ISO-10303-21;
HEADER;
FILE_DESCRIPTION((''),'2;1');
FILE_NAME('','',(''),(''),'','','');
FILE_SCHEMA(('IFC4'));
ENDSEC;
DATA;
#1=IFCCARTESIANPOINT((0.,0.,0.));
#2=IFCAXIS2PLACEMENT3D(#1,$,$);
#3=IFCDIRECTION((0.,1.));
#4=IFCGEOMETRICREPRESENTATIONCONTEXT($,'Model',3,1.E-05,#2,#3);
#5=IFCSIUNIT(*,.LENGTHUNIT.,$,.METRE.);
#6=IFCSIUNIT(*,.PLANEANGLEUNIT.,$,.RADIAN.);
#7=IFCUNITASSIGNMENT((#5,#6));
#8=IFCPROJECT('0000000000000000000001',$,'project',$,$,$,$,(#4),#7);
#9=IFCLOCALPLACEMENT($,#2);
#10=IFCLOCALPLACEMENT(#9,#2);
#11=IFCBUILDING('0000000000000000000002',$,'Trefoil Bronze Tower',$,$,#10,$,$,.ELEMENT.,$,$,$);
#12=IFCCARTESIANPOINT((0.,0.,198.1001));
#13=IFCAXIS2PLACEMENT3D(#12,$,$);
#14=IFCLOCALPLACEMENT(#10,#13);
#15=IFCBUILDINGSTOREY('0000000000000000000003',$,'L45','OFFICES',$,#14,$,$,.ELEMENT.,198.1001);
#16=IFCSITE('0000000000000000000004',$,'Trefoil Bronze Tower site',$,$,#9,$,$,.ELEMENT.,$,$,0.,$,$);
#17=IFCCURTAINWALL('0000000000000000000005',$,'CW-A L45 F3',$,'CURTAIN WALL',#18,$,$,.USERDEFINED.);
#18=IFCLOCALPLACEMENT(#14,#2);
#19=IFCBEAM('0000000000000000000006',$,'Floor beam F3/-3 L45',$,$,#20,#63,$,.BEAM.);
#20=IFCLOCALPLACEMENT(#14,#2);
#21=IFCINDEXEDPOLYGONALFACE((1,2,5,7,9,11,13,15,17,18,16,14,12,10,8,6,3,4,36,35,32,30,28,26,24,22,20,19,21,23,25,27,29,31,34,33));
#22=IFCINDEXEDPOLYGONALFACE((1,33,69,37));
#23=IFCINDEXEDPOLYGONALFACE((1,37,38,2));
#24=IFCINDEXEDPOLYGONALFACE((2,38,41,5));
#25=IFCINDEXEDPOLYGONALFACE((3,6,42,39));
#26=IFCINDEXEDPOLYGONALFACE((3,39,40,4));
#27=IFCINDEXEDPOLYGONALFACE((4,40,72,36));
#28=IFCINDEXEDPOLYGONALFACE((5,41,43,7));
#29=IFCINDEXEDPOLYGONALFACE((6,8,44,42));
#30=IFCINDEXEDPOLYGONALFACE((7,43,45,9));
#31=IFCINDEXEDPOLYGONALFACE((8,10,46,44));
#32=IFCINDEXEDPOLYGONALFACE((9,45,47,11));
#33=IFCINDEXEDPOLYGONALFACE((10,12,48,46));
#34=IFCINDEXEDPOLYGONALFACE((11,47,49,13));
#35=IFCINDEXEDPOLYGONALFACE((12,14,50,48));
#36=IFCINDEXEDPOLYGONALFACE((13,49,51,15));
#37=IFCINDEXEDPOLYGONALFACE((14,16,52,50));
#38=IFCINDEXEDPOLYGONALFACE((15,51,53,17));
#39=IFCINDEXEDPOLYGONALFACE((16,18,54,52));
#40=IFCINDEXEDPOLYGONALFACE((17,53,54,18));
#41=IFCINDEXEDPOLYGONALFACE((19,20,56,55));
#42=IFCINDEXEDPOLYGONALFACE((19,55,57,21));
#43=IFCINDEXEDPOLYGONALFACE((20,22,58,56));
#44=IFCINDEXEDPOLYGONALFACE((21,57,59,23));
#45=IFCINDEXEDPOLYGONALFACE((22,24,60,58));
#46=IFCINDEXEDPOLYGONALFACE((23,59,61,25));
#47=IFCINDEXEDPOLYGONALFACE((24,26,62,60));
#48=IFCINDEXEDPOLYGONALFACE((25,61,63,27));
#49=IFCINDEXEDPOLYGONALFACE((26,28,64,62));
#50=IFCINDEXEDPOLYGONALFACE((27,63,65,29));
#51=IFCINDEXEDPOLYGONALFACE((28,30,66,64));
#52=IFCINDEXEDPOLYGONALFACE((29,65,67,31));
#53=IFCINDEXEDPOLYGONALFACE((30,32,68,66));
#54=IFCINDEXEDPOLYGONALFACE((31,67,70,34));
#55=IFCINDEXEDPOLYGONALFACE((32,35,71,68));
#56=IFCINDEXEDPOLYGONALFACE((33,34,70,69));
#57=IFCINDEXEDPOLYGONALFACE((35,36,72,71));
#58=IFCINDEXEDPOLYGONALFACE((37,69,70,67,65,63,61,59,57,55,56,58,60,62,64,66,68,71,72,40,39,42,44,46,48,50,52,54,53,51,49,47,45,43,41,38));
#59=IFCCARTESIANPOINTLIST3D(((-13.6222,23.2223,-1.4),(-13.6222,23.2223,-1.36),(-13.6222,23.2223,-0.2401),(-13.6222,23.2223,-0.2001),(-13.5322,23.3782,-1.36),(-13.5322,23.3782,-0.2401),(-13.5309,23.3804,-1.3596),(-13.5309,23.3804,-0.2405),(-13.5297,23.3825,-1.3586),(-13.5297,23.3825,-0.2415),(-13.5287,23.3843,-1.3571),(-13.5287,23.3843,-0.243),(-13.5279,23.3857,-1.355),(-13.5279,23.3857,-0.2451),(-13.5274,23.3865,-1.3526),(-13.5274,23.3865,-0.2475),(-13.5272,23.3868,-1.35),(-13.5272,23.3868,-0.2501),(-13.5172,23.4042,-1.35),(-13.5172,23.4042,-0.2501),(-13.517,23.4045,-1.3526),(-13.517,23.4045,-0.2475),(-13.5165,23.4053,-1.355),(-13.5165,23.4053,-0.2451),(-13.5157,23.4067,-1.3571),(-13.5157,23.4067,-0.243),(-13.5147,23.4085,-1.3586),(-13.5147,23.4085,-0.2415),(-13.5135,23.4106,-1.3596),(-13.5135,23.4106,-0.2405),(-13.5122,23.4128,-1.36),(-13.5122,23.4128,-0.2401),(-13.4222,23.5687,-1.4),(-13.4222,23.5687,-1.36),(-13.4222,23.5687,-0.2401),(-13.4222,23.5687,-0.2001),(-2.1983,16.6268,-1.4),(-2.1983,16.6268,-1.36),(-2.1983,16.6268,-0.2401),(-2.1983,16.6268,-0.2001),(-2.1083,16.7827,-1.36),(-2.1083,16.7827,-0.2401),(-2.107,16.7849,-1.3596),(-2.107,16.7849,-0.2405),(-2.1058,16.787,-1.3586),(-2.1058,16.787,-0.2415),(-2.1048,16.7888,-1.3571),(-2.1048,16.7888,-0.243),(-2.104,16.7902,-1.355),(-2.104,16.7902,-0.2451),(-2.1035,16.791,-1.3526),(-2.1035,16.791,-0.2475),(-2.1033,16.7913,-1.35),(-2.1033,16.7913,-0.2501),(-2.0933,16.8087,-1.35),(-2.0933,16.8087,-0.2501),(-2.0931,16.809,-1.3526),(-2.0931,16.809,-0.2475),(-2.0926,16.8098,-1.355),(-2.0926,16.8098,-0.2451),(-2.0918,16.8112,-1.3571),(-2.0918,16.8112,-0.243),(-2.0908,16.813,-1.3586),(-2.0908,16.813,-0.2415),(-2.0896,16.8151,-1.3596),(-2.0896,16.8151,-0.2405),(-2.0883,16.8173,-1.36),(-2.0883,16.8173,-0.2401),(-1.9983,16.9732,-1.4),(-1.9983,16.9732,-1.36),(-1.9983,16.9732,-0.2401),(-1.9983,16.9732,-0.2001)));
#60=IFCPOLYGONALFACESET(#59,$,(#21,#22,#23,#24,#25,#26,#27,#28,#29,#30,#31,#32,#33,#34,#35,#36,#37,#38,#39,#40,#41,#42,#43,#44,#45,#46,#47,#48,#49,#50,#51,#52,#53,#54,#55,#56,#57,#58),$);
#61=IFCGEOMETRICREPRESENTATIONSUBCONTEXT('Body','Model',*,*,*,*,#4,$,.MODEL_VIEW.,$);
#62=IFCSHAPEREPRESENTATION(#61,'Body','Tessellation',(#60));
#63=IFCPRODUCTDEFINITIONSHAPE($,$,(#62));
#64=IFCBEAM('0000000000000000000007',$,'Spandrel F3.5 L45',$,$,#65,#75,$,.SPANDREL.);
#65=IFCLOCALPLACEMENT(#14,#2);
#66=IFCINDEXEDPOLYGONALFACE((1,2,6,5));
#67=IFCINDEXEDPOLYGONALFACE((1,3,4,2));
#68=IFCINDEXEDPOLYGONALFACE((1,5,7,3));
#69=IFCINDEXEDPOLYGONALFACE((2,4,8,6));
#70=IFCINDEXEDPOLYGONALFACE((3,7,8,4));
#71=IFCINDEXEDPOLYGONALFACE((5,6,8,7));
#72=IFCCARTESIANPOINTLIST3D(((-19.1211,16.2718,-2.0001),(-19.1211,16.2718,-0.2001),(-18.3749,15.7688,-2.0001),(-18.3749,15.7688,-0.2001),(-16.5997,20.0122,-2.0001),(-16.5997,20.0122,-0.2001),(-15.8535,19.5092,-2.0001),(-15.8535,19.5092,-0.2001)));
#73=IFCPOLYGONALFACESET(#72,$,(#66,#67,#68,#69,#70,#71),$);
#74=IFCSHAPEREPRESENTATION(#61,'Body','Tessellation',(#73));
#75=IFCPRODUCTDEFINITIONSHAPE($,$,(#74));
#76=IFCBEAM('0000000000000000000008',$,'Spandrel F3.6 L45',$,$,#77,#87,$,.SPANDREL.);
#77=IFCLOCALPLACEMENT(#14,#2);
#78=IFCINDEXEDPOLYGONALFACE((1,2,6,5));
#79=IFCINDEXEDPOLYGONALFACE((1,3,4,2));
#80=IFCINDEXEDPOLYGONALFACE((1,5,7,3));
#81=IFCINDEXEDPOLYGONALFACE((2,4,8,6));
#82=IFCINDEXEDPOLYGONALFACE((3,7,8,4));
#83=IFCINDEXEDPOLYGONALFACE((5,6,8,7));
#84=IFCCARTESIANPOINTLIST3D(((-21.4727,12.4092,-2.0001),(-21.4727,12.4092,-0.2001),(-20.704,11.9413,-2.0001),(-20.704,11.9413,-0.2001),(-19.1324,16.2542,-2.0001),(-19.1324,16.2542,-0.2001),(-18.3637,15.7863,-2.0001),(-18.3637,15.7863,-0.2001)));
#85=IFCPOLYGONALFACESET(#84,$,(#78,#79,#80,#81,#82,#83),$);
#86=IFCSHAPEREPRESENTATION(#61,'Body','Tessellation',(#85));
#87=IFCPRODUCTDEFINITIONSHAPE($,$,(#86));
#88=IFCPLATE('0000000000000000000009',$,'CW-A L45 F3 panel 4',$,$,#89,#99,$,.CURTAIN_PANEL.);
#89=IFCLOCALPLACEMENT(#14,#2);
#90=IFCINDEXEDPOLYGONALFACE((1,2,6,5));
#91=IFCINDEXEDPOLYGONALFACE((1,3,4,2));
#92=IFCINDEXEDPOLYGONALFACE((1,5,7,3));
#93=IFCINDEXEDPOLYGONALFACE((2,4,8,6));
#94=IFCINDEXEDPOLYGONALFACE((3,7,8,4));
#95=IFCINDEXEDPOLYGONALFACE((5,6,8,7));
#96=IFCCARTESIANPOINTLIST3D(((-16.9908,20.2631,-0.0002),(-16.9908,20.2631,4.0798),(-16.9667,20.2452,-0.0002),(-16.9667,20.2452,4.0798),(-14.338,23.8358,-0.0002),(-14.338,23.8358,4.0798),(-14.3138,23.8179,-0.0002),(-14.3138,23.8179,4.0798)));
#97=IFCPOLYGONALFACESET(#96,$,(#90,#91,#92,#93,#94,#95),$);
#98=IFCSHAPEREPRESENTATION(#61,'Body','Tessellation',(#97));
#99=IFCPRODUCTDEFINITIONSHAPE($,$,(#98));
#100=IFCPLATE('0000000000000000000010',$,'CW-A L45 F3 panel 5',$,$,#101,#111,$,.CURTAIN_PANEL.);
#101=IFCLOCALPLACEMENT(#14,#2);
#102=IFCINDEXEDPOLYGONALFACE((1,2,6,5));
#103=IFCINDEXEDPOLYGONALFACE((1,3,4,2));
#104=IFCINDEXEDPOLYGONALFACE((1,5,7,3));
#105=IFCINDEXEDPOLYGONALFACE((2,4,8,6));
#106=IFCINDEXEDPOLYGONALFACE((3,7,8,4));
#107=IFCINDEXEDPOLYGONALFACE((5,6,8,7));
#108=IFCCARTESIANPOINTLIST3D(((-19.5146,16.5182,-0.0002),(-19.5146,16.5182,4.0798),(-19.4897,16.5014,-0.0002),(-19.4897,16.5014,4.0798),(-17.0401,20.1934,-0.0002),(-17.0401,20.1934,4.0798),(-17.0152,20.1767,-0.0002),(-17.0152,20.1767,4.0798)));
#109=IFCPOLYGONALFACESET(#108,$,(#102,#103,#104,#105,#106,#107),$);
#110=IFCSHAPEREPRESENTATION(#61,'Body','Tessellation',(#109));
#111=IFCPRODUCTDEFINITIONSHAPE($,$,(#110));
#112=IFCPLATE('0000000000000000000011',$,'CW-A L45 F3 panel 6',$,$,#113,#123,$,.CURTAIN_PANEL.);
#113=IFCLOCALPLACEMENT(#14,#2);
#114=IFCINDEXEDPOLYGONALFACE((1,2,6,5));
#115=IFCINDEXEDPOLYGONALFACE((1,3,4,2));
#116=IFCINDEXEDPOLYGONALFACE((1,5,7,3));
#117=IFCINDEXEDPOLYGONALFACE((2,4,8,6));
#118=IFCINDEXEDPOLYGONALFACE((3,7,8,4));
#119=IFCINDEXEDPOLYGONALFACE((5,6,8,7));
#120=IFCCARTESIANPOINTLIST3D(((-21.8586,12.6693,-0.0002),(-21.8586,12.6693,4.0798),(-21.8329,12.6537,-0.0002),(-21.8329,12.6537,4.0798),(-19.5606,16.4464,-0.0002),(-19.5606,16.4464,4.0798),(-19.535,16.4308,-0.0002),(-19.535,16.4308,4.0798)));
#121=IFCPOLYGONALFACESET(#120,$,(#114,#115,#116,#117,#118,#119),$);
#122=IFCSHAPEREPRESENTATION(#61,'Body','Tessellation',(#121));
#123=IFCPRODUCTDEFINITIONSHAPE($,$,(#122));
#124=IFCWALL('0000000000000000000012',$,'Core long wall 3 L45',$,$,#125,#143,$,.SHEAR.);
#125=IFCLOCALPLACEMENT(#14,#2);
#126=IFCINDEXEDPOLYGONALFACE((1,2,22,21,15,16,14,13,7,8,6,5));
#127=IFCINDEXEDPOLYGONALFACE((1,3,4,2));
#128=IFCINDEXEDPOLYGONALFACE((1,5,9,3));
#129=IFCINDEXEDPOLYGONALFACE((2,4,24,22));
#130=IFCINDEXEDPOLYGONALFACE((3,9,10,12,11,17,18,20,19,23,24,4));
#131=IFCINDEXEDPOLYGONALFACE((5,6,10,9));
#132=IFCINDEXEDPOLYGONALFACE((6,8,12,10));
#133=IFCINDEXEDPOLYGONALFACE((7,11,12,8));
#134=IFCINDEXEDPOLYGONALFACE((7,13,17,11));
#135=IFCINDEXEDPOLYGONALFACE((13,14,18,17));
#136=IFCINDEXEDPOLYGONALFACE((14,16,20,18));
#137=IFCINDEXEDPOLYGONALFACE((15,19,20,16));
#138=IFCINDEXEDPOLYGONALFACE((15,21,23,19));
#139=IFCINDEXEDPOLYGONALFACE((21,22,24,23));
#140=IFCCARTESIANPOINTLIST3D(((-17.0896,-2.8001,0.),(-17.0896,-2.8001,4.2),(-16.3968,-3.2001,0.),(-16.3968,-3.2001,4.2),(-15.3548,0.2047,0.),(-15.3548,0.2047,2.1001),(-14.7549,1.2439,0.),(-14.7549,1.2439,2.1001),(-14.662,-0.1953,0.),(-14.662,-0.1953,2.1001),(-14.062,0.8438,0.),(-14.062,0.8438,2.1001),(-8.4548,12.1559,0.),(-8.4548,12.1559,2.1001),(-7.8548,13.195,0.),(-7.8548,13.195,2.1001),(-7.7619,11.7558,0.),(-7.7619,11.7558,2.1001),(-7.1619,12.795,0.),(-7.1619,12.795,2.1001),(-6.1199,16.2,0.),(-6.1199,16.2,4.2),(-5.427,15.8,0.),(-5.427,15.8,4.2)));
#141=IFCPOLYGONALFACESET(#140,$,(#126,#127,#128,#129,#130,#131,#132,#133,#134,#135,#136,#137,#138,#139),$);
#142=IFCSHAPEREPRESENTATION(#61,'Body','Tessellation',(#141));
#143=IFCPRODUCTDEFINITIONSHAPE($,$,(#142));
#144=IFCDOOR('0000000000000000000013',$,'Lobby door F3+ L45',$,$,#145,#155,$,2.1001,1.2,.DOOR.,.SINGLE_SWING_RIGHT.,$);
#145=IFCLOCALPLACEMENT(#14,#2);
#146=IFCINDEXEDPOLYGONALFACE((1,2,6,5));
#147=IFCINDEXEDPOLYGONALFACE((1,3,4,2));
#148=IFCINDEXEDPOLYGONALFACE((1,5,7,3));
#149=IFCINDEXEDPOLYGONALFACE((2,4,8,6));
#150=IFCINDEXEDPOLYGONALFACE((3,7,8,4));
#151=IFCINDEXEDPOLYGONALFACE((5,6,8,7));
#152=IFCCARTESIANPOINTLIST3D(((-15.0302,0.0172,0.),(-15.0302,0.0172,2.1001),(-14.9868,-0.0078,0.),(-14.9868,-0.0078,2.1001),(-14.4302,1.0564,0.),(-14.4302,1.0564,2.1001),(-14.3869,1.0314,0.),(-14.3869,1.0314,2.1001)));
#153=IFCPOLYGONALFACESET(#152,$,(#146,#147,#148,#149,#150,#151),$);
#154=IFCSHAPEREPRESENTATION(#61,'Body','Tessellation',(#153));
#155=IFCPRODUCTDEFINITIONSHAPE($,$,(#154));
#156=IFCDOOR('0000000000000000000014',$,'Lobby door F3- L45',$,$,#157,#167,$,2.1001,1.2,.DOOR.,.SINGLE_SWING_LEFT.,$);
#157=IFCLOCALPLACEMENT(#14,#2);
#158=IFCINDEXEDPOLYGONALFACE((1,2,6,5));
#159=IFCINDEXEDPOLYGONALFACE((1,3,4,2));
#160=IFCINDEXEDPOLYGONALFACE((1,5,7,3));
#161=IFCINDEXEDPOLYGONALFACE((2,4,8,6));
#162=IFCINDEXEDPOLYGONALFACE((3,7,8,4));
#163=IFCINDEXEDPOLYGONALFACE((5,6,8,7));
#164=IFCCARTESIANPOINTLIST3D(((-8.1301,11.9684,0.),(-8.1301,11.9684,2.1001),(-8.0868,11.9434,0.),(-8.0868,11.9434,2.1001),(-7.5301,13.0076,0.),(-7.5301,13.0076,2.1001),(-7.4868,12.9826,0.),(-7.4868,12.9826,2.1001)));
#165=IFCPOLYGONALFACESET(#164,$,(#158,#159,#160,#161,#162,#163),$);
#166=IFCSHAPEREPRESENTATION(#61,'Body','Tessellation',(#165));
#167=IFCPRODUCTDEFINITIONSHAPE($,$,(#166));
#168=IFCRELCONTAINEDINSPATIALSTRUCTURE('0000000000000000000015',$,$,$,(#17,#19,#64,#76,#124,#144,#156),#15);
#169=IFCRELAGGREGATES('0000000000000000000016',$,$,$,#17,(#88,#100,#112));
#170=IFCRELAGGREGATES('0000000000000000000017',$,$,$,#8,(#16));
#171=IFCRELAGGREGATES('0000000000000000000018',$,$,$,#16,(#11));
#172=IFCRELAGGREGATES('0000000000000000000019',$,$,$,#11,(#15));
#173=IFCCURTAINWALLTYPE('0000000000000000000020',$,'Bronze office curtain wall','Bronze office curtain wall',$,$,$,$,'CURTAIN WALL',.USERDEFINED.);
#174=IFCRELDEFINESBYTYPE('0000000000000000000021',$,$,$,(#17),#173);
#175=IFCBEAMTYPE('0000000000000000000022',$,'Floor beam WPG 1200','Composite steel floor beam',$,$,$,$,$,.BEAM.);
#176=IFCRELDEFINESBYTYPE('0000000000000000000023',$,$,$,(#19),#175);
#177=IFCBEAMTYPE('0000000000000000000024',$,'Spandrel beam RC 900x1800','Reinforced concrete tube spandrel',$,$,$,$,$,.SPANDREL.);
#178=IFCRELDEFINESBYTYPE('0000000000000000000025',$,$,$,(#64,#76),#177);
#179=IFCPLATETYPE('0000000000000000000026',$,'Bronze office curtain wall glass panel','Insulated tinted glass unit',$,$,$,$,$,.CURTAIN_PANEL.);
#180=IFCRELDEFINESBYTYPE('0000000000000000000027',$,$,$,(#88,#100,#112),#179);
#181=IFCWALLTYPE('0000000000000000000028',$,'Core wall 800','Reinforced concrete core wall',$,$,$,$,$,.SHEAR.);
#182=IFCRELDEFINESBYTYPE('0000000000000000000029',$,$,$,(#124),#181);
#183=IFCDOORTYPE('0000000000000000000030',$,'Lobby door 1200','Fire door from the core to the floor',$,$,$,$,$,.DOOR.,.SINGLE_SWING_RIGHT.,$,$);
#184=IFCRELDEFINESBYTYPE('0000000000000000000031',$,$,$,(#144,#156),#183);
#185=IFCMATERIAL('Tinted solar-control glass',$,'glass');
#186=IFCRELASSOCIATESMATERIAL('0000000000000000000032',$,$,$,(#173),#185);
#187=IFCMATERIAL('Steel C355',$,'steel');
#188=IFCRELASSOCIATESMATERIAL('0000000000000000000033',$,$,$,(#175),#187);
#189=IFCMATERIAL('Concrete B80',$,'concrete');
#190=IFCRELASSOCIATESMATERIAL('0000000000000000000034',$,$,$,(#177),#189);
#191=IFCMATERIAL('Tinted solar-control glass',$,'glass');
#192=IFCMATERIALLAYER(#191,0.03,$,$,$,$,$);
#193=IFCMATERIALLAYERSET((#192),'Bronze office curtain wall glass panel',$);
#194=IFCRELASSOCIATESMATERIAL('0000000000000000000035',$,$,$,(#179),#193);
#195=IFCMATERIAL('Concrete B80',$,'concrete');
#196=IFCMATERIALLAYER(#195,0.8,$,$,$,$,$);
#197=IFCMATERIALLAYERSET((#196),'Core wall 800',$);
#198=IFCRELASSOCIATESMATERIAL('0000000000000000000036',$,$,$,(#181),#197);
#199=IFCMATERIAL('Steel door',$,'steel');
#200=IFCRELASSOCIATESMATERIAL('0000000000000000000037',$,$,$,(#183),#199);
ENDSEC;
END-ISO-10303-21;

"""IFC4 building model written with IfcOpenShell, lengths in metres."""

from ifc_helpers import new_model, si_unit, direction, frame, frame_2d, origin, origin_2d, place, context, subcontext, project, spatial, rectangle, i_section, extrude, material, layer, layer_set, material_profile, profile_set, type_object, element, fill, aggregate, save


model = new_model("IFC4")

# Units and contexts
model_context = context("Model", 3, precision=1e-05, world=origin(), true_north=direction((0.0, 1.0)))
body_context = subcontext(model_context, "Body", "Model", "MODEL_VIEW")
ifc_project = project(units=[si_unit("LENGTHUNIT", "METRE"), si_unit("PLANEANGLEUNIT", "RADIAN")], contexts=[model_context])

# Site, building, storey
site_placement = place(None, origin())
site = spatial("IfcSite", under=ifc_project, at=site_placement, Name="Trefoil Bronze Tower site", CompositionType="ELEMENT", RefElevation=0.0)
building_placement = place(site_placement, origin())
building = spatial("IfcBuilding", under=site, at=building_placement, Name="Trefoil Bronze Tower", CompositionType="ELEMENT")
storey_placement = place(building_placement, frame((0.0, 0.0, 198.1001)))
storey = spatial("IfcBuildingStorey", under=building, at=storey_placement, Name="L45", Description="OFFICES", CompositionType="ELEMENT", Elevation=198.1001)

# Curtain wall
ifc_material_1 = material(Name="Tinted solar-control glass", Category="glass")
curtain_wall_type = type_object("IfcCurtainWallType", Name="Bronze office curtain wall", Description="Bronze office curtain wall", ElementType="CURTAIN WALL", PredefinedType="USERDEFINED", material=ifc_material_1)
curtain_wall_placement = place(storey_placement, origin())
curtain_wall = element("IfcCurtainWall", 1, at=curtain_wall_placement, inside=storey, type_object=curtain_wall_type, Name="CW-A L45 F3", ObjectType="CURTAIN WALL", PredefinedType="USERDEFINED")

# Beams
ifc_material_2 = material(Name="Steel C355", Category="steel")
ifc_material_profile_1 = material_profile(ifc_material_2, i_section(OverallWidth=0.3999, OverallDepth=1.2, WebThickness=0.02, FlangeThickness=0.04, FilletRadius=0.01, at=origin_2d()), Name="WPG 1200")
ifc_profile_set_1 = profile_set([ifc_material_profile_1], Name="Steel C355")
beam_type_1 = type_object("IfcBeamType", Name="Floor beam WPG 1200", Description="Composite steel floor beam", PredefinedType="BEAM", material=ifc_profile_set_1)
beam_1_placement = place(storey_placement, frame((-13.5222, 23.3955, -0.8), z_axis=(0.866028, -0.499995, 0.0), x_axis=(0.499995, 0.866028, 0.0)))
element("IfcBeam", 2, at=beam_1_placement, inside=storey, type_object=beam_type_1, Name="Floor beam F3/-3 L45", PredefinedType="BEAM", context=body_context, shape_type="SweptSolid", body=[
    extrude(i_section(OverallWidth=0.3999, OverallDepth=1.2, WebThickness=0.02, FlangeThickness=0.04, FilletRadius=0.01, at=origin_2d()), origin(), (0.0, 0.0, 1.0), 13.1912),
])
ifc_material_3 = material(Name="Concrete B80", Category="concrete")
ifc_material_profile_2 = material_profile(ifc_material_3, rectangle(XDim=0.8999, YDim=1.8, at=origin_2d()), Name="RC 900x1800")
ifc_profile_set_2 = profile_set([ifc_material_profile_2], Name="Concrete B80")
beam_type_2 = type_object("IfcBeamType", Name="Spandrel beam RC 900x1800", Description="Reinforced concrete tube spandrel", PredefinedType="SPANDREL", material=ifc_profile_set_2)
beam_2_placement = place(storey_placement, frame((-16.2266, 19.7607, -1.1001), z_axis=(-0.558964, -0.829192, 0.0), x_axis=(0.829192, -0.558964, 0.0)))
element("IfcBeam", 3, at=beam_2_placement, inside=storey, type_object=beam_type_2, Name="Spandrel F3.5 L45", PredefinedType="SPANDREL", context=body_context, shape_type="SweptSolid", body=[
    extrude(rectangle(XDim=0.8999, YDim=1.8, at=origin_2d()), origin(), (0.0, 0.0, 1.0), 4.511),
])
beam_3_placement = place(storey_placement, frame((-18.748, 16.0203, -1.1001), z_axis=(-0.519933, -0.854207, 0.0), x_axis=(0.854207, -0.519933, 0.0)))
element("IfcBeam", 4, at=beam_3_placement, inside=storey, type_object=beam_type_2, Name="Spandrel F3.6 L45", PredefinedType="SPANDREL", context=body_context, shape_type="SweptSolid", body=[
    extrude(rectangle(XDim=0.8999, YDim=1.8, at=origin_2d()), origin(), (0.0, 0.0, 1.0), 4.5012),
])

# Plates
ifc_material_4 = material(Name="Tinted solar-control glass", Category="glass")
ifc_layer_1 = layer(ifc_material_4, 0.03)
ifc_layer_set_1 = layer_set([ifc_layer_1], Name="Bronze office curtain wall glass panel")
plate_type = type_object("IfcPlateType", Name="Bronze office curtain wall glass panel", Description="Insulated tinted glass unit", PredefinedType="CURTAIN_PANEL", material=ifc_layer_set_1)
plate_1_placement = place(storey_placement, frame((-15.6523, 22.0405, -0.0002), z_axis=(0.0, 0.0, 1.0), x_axis=(-0.596162, -0.802865, 0.0)))
plate_1 = element("IfcPlate", 5, at=plate_1_placement, type_object=plate_type, Name="CW-A L45 F3 panel 4", PredefinedType="CURTAIN_PANEL", context=body_context, shape_type="SweptSolid", body=[
    extrude(rectangle(XDim=4.45, YDim=0.03, at=origin_2d()), origin(), (0.0, 0.0, 1.0), 4.0801),
])
plate_2_placement = place(storey_placement, frame((-18.2649, 18.3474, -0.0002), z_axis=(0.0, 0.0, 1.0), x_axis=(-0.558493, -0.829509, 0.0)))
plate_2 = element("IfcPlate", 6, at=plate_2_placement, type_object=plate_type, Name="CW-A L45 F3 panel 5", PredefinedType="CURTAIN_PANEL", context=body_context, shape_type="SweptSolid", body=[
    extrude(rectangle(XDim=4.4307, YDim=0.03, at=origin_2d()), origin(), (0.0, 0.0, 1.0), 4.0801),
])
plate_3_placement = place(storey_placement, frame((-20.6968, 14.55, -0.0002), z_axis=(0.0, 0.0, 1.0), x_axis=(-0.519762, -0.854311, 0.0)))
plate_3 = element("IfcPlate", 7, at=plate_3_placement, type_object=plate_type, Name="CW-A L45 F3 panel 6", PredefinedType="CURTAIN_PANEL", context=body_context, shape_type="SweptSolid", body=[
    extrude(rectangle(XDim=4.4211, YDim=0.03, at=origin_2d()), origin(), (0.0, 0.0, 1.0), 4.0801),
])
aggregate(curtain_wall, [plate_1, plate_2, plate_3])

# Wall, openings, doors
ifc_material_5 = material(Name="Concrete B80", Category="concrete")
ifc_layer_2 = layer(ifc_material_5, 0.8)
ifc_layer_set_2 = layer_set([ifc_layer_2], Name="Core wall 800")
wall_type_1 = type_object("IfcWallType", Name="Core wall 800", Description="Reinforced concrete core wall", PredefinedType="SHEAR", material=ifc_layer_set_2)
wall_1_placement = place(storey_placement, frame((-5.7734, 16.0, 0.0), z_axis=(0.0, 0.0, 1.0), x_axis=(-0.500002, -0.866024, 0.0)))
wall_1 = element("IfcWall", 8, at=wall_1_placement, inside=storey, type_object=wall_type_1, Name="Core long wall 3 L45", PredefinedType="SHEAR", context=body_context, shape_type="SweptSolid", body=[
    extrude(rectangle(XDim=21.9395, YDim=0.8, at=frame_2d((10.9697, 0.0))), origin(), (0.0, 0.0, 1.0), 4.2),
])
opening_1_placement = place(wall_1_placement, frame((17.2698, 0.0, 0.0)))
opening_1 = element("IfcOpeningElement", 9, at=opening_1_placement, cuts=wall_1, PredefinedType="OPENING", context=body_context, shape_type="SweptSolid", body=[
    extrude(rectangle(XDim=1.2, YDim=2.1001, at=frame_2d((0.6001, 1.05))), frame((0.0, 0.4099, 0.0), z_axis=(0.0, -1.0, 0.0), x_axis=(1.0, 0.0, 0.0)), (0.0, 0.0, 1.0), 0.8201),
])
opening_2_placement = place(wall_1_placement, frame((3.4697, 0.0, 0.0)))
opening_2 = element("IfcOpeningElement", 10, at=opening_2_placement, cuts=wall_1, PredefinedType="OPENING", context=body_context, shape_type="SweptSolid", body=[
    extrude(rectangle(XDim=1.2, YDim=2.1001, at=frame_2d((0.6001, 1.05))), frame((0.0, 0.4099, 0.0), z_axis=(0.0, -1.0, 0.0), x_axis=(1.0, 0.0, 0.0)), (0.0, 0.0, 1.0), 0.8201),
])
ifc_material_6 = material(Name="Steel door", Category="steel")
door_type_1 = type_object("IfcDoorType", Name="Lobby door 1200", Description="Fire door from the core to the floor", OperationType="SINGLE_SWING_RIGHT", PredefinedType="DOOR", material=ifc_material_6)
door_1_placement = place(opening_1_placement, origin())
door_1 = element("IfcDoor", 11, at=door_1_placement, inside=storey, type_object=door_type_1, Name="Lobby door F3+ L45", OperationType="SINGLE_SWING_RIGHT", OverallHeight=2.1001, OverallWidth=1.2, PredefinedType="DOOR", context=body_context, shape_type="SweptSolid", body=[
    extrude(rectangle(XDim=1.2, YDim=2.1001, at=frame_2d((0.6001, 1.05))), frame((0.0, 0.0249, 0.0), z_axis=(0.0, -1.0, 0.0), x_axis=(1.0, 0.0, 0.0)), (0.0, 0.0, 1.0), 0.05),
])
fill(opening_1, door_1)
door_2_placement = place(opening_2_placement, origin())
door_2 = element("IfcDoor", 12, at=door_2_placement, inside=storey, type_object=door_type_1, Name="Lobby door F3- L45", OperationType="SINGLE_SWING_LEFT", OverallHeight=2.1001, OverallWidth=1.2, PredefinedType="DOOR", context=body_context, shape_type="SweptSolid", body=[
    extrude(rectangle(XDim=1.2, YDim=2.1001, at=frame_2d((0.6001, 1.05))), frame((0.0, 0.0249, 0.0), z_axis=(0.0, -1.0, 0.0), x_axis=(1.0, 0.0, 0.0)), (0.0, 0.0, 1.0), 0.05),
])
fill(opening_2, door_2)

save(model, "model.ifc")
